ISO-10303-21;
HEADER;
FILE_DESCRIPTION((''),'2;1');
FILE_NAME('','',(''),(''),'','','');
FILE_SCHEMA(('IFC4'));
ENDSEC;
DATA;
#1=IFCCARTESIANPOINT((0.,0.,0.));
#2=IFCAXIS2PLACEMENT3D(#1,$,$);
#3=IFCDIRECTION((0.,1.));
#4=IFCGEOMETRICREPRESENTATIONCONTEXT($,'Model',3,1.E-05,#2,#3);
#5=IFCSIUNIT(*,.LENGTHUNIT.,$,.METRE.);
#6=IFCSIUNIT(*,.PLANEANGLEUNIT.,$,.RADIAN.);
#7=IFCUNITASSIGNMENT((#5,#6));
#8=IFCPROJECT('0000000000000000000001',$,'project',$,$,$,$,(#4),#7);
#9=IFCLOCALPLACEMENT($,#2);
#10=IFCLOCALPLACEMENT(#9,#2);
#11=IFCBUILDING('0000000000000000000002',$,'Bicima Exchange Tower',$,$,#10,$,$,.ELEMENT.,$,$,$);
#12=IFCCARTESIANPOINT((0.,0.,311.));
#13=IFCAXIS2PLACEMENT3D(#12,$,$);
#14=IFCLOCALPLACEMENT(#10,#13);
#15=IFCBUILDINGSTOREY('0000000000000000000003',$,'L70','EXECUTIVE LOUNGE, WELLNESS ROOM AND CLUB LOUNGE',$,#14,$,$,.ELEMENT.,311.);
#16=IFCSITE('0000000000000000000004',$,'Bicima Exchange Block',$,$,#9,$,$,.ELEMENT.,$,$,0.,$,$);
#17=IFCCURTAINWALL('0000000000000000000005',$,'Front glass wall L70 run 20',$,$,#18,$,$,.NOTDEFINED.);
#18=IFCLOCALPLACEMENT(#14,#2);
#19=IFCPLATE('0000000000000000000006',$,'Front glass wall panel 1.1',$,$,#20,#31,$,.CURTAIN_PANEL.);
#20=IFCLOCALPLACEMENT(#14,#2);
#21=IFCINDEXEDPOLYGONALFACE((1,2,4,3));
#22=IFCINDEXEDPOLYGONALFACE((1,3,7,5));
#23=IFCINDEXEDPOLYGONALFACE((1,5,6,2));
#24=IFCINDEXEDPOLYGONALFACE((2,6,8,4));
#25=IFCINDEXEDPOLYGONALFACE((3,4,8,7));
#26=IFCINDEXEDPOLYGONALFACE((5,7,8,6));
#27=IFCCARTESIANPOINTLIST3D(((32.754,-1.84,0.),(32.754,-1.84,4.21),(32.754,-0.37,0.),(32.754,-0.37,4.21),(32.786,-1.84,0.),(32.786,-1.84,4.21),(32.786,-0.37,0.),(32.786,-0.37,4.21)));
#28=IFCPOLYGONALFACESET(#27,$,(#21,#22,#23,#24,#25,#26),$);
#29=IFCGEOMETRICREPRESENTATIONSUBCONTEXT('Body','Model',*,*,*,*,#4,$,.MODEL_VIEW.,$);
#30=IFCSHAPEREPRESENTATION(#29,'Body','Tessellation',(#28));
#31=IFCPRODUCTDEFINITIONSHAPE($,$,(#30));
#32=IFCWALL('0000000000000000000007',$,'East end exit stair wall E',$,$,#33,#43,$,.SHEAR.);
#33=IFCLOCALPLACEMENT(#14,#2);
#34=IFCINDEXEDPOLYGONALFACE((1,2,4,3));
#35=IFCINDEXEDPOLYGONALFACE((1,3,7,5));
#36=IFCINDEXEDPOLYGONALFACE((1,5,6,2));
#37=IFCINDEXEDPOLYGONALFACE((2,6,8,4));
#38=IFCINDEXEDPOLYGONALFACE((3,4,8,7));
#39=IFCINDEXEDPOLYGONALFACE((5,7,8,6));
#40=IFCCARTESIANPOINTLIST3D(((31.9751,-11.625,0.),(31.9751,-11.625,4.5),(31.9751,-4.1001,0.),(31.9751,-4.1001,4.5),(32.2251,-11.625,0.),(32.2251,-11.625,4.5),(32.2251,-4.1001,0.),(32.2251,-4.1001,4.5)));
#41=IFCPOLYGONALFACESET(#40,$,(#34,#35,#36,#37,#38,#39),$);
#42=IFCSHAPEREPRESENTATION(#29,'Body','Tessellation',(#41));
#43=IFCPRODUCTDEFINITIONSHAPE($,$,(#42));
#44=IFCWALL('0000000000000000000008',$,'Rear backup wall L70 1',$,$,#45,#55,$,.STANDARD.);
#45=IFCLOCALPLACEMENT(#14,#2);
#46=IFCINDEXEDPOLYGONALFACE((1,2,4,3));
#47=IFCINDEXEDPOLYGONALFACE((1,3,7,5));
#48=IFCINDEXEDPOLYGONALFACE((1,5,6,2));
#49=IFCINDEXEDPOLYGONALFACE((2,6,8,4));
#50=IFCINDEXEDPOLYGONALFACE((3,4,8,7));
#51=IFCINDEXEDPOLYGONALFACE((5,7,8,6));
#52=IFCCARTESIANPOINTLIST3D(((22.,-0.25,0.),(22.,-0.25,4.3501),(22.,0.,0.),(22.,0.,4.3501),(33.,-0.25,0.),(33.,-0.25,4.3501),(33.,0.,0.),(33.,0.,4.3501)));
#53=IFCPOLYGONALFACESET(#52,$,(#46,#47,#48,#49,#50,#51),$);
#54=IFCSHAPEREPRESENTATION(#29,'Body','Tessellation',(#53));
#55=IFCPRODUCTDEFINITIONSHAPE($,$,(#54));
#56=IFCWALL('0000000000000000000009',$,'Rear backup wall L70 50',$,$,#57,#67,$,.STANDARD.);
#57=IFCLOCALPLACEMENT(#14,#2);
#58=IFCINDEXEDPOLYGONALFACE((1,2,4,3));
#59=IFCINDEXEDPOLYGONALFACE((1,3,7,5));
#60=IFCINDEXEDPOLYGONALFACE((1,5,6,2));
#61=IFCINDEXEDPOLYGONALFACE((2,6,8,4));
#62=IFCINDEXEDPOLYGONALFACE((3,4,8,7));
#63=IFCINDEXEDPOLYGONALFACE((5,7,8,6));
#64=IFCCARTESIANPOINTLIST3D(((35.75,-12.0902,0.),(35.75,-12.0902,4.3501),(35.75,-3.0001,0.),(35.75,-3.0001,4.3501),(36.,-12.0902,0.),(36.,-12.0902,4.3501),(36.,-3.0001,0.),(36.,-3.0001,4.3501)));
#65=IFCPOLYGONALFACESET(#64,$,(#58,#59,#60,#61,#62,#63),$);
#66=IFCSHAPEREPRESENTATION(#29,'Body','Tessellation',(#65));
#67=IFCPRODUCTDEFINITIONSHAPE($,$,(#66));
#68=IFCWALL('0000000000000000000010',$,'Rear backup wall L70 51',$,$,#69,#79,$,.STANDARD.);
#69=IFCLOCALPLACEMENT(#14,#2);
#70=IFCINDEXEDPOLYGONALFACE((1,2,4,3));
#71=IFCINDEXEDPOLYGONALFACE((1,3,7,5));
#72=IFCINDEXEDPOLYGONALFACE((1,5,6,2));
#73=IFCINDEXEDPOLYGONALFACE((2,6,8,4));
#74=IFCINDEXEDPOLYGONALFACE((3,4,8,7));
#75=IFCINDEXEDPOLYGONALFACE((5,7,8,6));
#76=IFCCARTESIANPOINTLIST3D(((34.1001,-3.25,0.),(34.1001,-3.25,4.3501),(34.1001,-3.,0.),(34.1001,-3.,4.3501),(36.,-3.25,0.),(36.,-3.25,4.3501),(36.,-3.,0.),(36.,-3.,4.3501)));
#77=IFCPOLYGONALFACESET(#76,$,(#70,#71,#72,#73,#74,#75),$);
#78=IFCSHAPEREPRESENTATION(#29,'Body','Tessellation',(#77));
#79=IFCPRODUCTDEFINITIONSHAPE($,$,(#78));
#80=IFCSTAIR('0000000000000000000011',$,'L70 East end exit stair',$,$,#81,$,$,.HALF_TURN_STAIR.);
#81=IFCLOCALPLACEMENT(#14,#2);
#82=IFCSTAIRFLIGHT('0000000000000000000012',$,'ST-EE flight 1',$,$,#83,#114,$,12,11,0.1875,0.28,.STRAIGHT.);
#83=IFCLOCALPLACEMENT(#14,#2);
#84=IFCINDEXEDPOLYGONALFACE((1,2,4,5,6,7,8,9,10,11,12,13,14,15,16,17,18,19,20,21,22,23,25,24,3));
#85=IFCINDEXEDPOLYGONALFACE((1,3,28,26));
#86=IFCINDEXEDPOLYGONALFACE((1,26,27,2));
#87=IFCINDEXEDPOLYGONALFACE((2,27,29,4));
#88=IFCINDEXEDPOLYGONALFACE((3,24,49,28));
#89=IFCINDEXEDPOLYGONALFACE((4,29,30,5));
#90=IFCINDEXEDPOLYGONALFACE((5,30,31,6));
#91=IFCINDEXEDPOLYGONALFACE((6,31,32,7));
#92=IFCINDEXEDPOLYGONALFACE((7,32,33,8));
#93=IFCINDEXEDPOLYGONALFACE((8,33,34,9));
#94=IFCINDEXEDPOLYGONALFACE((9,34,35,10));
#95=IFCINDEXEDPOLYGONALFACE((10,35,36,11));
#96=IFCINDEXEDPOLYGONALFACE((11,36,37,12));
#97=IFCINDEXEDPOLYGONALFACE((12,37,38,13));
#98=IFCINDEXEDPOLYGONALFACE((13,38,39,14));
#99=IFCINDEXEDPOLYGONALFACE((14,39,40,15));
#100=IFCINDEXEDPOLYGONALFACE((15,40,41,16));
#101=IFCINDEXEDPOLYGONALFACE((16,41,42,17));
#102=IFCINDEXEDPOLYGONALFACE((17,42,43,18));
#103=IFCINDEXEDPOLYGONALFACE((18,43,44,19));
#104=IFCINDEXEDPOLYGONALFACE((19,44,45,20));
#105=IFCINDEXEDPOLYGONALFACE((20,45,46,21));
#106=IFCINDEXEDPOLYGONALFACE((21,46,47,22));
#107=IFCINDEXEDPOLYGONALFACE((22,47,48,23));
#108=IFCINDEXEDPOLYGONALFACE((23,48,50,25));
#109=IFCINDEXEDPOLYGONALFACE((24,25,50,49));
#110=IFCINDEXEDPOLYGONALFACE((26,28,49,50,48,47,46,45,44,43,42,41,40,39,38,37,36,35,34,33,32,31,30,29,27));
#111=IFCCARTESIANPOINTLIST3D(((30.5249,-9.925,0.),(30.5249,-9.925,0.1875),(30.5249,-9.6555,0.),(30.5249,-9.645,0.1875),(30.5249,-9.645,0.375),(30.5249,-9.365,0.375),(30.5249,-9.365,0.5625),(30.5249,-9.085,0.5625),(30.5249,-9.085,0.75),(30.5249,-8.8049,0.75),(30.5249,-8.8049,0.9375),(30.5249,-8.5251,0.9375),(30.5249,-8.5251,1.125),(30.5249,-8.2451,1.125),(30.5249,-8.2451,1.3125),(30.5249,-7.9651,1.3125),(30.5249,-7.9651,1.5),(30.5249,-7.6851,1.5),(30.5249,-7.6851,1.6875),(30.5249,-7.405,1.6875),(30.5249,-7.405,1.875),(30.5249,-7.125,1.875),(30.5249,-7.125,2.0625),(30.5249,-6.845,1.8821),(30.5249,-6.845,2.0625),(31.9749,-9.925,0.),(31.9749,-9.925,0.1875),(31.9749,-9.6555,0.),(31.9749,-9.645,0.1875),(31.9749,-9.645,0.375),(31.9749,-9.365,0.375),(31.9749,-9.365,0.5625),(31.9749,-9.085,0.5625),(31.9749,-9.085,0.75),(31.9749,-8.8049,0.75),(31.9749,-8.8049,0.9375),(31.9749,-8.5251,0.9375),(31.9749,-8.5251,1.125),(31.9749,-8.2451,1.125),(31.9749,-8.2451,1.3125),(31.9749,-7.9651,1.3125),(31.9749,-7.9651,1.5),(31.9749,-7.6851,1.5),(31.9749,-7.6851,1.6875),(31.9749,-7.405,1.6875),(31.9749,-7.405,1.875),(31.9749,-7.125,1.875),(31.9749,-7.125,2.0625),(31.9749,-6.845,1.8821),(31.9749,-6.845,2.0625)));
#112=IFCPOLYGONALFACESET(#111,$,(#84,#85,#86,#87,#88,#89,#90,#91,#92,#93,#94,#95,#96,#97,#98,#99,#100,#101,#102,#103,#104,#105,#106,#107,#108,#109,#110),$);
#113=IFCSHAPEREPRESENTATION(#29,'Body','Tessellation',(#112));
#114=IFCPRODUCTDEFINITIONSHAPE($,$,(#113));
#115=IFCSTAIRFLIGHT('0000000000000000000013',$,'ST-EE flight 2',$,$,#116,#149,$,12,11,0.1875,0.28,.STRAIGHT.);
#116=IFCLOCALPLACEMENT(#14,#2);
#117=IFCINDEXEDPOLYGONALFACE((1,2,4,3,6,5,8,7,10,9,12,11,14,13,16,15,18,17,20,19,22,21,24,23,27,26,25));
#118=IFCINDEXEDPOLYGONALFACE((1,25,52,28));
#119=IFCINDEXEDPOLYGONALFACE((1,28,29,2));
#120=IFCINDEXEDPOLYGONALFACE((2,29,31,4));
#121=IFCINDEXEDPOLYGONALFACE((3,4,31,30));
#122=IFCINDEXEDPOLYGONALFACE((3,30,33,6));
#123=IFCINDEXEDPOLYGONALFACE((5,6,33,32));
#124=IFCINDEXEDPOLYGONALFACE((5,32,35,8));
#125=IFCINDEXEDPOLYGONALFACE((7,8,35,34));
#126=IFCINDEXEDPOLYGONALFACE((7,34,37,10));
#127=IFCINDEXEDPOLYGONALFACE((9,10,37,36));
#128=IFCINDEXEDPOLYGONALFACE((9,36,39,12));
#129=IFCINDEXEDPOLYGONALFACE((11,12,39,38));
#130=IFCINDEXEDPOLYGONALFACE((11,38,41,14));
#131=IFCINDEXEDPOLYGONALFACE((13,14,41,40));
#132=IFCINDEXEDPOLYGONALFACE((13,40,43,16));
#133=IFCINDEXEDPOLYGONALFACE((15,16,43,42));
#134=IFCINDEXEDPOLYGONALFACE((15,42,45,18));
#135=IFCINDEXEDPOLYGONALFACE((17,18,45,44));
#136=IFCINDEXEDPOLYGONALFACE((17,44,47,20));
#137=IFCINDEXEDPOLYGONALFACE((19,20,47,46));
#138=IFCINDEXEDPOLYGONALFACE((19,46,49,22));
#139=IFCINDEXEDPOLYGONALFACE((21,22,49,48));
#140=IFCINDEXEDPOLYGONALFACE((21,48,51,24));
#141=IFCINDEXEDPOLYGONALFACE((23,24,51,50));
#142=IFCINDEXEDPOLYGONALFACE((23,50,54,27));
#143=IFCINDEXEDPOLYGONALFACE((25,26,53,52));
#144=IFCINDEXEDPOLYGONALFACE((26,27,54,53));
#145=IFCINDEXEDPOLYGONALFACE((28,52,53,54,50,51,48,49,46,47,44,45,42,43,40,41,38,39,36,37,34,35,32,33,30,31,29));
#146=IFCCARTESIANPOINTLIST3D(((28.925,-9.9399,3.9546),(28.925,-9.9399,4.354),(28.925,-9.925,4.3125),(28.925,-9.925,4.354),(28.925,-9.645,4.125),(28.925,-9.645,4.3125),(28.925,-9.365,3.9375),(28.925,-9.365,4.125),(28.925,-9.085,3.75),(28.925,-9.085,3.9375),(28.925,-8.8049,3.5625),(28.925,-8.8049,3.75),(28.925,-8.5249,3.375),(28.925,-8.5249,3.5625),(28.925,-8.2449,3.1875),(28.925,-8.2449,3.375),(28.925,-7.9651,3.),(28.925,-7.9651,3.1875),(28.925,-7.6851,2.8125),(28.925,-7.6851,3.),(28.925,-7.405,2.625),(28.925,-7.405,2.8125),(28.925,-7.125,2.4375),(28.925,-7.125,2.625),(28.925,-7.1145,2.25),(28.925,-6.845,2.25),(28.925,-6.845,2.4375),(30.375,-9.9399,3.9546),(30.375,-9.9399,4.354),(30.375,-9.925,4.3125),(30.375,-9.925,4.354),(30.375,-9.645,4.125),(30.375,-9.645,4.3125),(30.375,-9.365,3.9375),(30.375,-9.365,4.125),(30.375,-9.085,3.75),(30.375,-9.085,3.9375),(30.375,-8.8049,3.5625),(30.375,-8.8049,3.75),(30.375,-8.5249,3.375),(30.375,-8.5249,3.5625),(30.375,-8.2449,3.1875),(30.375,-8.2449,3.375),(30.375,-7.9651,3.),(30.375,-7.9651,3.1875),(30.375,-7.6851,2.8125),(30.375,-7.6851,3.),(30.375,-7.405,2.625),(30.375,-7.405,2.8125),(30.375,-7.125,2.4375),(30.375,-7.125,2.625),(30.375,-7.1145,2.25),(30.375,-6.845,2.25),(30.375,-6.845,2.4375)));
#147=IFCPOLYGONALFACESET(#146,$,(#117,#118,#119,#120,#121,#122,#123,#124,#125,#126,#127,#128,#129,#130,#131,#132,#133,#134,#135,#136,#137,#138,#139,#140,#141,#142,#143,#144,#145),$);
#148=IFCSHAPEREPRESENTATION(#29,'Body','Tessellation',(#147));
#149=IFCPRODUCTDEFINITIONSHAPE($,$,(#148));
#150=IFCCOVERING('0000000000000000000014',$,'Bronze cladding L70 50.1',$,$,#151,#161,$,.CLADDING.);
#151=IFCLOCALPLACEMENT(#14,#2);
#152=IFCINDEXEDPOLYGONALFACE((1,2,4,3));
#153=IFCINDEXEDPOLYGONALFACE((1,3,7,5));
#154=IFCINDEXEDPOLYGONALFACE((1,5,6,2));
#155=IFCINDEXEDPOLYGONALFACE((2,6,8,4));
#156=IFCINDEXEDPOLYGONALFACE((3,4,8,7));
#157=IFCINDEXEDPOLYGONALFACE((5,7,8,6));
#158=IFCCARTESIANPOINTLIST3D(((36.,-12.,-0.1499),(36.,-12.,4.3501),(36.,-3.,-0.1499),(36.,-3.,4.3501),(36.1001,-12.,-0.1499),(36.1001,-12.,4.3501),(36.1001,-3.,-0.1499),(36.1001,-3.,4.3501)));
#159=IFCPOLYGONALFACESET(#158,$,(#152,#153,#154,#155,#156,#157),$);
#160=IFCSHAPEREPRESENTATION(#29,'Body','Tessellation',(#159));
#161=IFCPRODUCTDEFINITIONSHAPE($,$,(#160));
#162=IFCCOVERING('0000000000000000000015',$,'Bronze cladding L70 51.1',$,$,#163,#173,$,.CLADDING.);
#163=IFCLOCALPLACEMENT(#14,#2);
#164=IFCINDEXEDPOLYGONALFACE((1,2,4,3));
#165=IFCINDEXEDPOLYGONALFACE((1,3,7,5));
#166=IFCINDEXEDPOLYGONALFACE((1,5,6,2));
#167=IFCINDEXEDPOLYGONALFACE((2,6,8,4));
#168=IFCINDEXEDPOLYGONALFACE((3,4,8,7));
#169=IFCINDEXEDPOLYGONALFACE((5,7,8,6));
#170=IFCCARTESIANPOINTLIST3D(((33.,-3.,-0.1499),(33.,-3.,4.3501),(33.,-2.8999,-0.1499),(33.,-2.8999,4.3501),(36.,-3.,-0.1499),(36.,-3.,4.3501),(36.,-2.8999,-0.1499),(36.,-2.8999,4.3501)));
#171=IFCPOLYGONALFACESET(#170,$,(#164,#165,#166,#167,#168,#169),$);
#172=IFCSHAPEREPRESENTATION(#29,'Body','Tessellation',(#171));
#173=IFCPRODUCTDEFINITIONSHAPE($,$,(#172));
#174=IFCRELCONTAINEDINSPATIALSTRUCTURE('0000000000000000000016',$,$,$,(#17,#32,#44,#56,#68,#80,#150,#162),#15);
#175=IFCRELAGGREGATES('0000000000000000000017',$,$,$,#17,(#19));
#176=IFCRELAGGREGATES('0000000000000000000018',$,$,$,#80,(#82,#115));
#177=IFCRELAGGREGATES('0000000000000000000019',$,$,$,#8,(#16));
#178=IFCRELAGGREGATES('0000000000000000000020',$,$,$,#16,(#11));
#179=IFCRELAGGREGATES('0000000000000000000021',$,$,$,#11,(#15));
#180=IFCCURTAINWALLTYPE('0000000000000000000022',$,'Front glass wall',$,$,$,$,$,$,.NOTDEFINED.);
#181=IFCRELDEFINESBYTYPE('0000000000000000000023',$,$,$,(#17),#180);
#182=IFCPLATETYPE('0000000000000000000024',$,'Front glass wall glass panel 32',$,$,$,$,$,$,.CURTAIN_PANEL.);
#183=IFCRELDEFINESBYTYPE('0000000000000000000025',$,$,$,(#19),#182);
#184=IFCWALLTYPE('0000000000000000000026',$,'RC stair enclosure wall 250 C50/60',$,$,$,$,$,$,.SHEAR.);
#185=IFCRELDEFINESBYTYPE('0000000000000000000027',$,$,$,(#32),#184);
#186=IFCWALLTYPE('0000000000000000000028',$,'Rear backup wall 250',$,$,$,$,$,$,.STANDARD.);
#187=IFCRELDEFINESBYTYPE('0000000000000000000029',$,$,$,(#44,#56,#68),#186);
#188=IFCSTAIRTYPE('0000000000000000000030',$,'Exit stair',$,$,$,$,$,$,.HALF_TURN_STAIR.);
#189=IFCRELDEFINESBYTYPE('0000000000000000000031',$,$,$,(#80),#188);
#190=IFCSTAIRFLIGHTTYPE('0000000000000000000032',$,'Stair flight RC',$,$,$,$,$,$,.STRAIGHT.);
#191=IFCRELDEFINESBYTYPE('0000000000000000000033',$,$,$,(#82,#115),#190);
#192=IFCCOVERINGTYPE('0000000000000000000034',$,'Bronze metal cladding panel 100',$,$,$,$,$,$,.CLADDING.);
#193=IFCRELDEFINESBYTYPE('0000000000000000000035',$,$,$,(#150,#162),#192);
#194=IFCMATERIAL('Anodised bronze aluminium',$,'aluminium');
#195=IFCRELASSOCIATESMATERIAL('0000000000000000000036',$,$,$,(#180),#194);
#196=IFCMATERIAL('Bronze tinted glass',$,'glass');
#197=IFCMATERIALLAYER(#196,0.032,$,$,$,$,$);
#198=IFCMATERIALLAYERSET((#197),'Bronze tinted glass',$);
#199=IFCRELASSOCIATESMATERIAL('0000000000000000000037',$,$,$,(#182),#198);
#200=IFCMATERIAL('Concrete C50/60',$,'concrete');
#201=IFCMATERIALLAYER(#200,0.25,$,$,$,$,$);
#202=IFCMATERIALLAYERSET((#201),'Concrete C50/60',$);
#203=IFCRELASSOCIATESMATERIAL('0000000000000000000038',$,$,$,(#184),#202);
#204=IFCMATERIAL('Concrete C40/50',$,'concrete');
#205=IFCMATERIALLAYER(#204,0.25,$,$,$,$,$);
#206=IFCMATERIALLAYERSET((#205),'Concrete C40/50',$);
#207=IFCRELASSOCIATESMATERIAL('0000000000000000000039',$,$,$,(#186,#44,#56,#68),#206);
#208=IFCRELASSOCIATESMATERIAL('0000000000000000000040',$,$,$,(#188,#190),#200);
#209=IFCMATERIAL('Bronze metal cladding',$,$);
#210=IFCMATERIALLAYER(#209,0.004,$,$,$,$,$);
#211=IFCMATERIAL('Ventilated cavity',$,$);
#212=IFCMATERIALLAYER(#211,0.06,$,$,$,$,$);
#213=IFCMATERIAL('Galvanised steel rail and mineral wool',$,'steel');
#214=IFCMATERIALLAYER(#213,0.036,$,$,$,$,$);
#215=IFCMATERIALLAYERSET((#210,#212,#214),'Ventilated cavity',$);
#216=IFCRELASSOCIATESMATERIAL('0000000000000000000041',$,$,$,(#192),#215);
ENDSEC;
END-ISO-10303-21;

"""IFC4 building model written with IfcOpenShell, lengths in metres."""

from ifc_helpers import new_model, si_unit, direction, frame, frame_2d, origin, origin_2d, place, context, subcontext, project, spatial, polyline, rectangle, outline, extrude, material, layer, layer_set, layer_usage, type_object, element, aggregate, save


model = new_model("IFC4")

# Units and contexts
model_context = context("Model", 3, precision=1e-05, world=origin(), true_north=direction((0.0, 1.0)))
body_context = subcontext(model_context, "Body", "Model", "MODEL_VIEW")
ifc_project = project(units=[si_unit("LENGTHUNIT", "METRE"), si_unit("PLANEANGLEUNIT", "RADIAN")], contexts=[model_context])

# Site, building, storey
site_placement = place(None, origin())
site = spatial("IfcSite", under=ifc_project, at=site_placement, Name="Bicima Exchange Block", CompositionType="ELEMENT", RefElevation=0.0)
building_placement = place(site_placement, origin())
building = spatial("IfcBuilding", under=site, at=building_placement, Name="Bicima Exchange Tower", CompositionType="ELEMENT")
storey_placement = place(building_placement, frame((0.0, 0.0, 311.0)))
storey = spatial("IfcBuildingStorey", under=building, at=storey_placement, Name="L70", Description="EXECUTIVE LOUNGE, WELLNESS ROOM AND CLUB LOUNGE", CompositionType="ELEMENT", Elevation=311.0)

# Shared definitions
ifc_material_1 = material(Name="Anodised bronze aluminium", Category="aluminium")

# Curtain wall
curtain_wall_type_1 = type_object("IfcCurtainWallType", Name="Front glass wall", PredefinedType="NOTDEFINED", material=ifc_material_1)
curtain_wall_1_placement = place(storey_placement, origin())
curtain_wall_1 = element("IfcCurtainWall", 1, at=curtain_wall_1_placement, inside=storey, type_object=curtain_wall_type_1, Name="Front glass wall L70 run 20", PredefinedType="NOTDEFINED")

# Plate
ifc_material_2 = material(Name="Bronze tinted glass", Category="glass")
ifc_layer_1 = layer(ifc_material_2, 0.032)
ifc_layer_set_1 = layer_set([ifc_layer_1], Name="Bronze tinted glass")
plate_type = type_object("IfcPlateType", Name="Front glass wall glass panel 32", PredefinedType="CURTAIN_PANEL", material=ifc_layer_set_1)
plate_placement = place(storey_placement, frame((32.77, -1.105, 0.0), z_axis=(0.0, 0.0, 1.0), x_axis=(0.0, 1.0, 0.0)))
plate = element("IfcPlate", 2, at=plate_placement, type_object=plate_type, Name="Front glass wall panel 1.1", PredefinedType="CURTAIN_PANEL", context=body_context, shape_type="SweptSolid", body=[
    extrude(rectangle(XDim=1.47, YDim=0.032, at=origin_2d()), origin(), (0.0, 0.0, 1.0), 4.21),
])
aggregate(curtain_wall_1, [plate])

# Walls
ifc_material_3 = material(Name="Concrete C50/60", Category="concrete")
ifc_layer_2 = layer(ifc_material_3, 0.25)
ifc_layer_set_2 = layer_set([ifc_layer_2], Name="Concrete C50/60")
wall_type_1 = type_object("IfcWallType", Name="RC stair enclosure wall 250 C50/60", PredefinedType="SHEAR", material=ifc_layer_set_2)
wall_1_placement = place(storey_placement, frame((32.1001, -11.625, 0.0), z_axis=(0.0, 0.0, 1.0), x_axis=(0.0, 1.0, 0.0)))
element("IfcWall", 3, at=wall_1_placement, inside=storey, type_object=wall_type_1, Name="East end exit stair wall E", PredefinedType="SHEAR", context=body_context, shape_type="SweptSolid", body=[
    extrude(rectangle(XDim=7.5249, YDim=0.25, at=frame_2d((3.7625, 0.0))), origin(), (0.0, 0.0, 1.0), 4.5),
])
ifc_material_4 = material(Name="Concrete C40/50", Category="concrete")
ifc_layer_3 = layer(ifc_material_4, 0.25)
ifc_layer_set_3 = layer_set([ifc_layer_3], Name="Concrete C40/50")
ifc_layer_usage = layer_usage(ifc_layer_set_3, "AXIS2", "POSITIVE", -0.125)
wall_type_2 = type_object("IfcWallType", Name="Rear backup wall 250", PredefinedType="STANDARD", material=ifc_layer_set_3)
wall_2_placement = place(storey_placement, frame((33.0, -0.125, 0.0), z_axis=(0.0, 0.0, 1.0), x_axis=(-1.0, 0.0, 0.0)))
element("IfcWall", 4, at=wall_2_placement, inside=storey, type_object=wall_type_2, material=ifc_layer_usage, Name="Rear backup wall L70 1", PredefinedType="STANDARD", context=body_context, shape_type="SweptSolid", body=[
    extrude(rectangle(XDim=11.0, YDim=0.25, at=frame_2d((5.5, 0.0))), origin(), (0.0, 0.0, 1.0), 4.3501),
])
wall_3_placement = place(storey_placement, frame((35.875, -12.0901, 0.0), z_axis=(0.0, 0.0, 1.0), x_axis=(0.0, 1.0, 0.0)))
element("IfcWall", 5, at=wall_3_placement, inside=storey, type_object=wall_type_2, material=ifc_layer_usage, Name="Rear backup wall L70 50", PredefinedType="STANDARD", context=body_context, shape_type="SweptSolid", body=[
    extrude(rectangle(XDim=9.0901, YDim=0.25, at=frame_2d((4.5449, 0.0))), origin(), (0.0, 0.0, 1.0), 4.3501),
])
wall_4_placement = place(storey_placement, frame((36.0, -3.125, 0.0), z_axis=(0.0, 0.0, 1.0), x_axis=(-1.0, 0.0, 0.0)))
element("IfcWall", 6, at=wall_4_placement, inside=storey, type_object=wall_type_2, material=ifc_layer_usage, Name="Rear backup wall L70 51", PredefinedType="STANDARD", context=body_context, shape_type="SweptSolid", body=[
    extrude(rectangle(XDim=1.8999, YDim=0.25, at=frame_2d((0.95, 0.0))), origin(), (0.0, 0.0, 1.0), 4.3501),
])

# Stair, stair flights
stair_type = type_object("IfcStairType", Name="Exit stair", PredefinedType="HALF_TURN_STAIR", material=ifc_material_3)
stair_placement = place(storey_placement, origin())
stair = element("IfcStair", 7, at=stair_placement, inside=storey, type_object=stair_type, Name="L70 East end exit stair", PredefinedType="HALF_TURN_STAIR")
stair_flight_type = type_object("IfcStairFlightType", Name="Stair flight RC", PredefinedType="STRAIGHT", material=ifc_material_3)
stair_flight_1_placement = place(storey_placement, frame((31.25, -9.925, 0.0), z_axis=(0.0, 0.0, 1.0), x_axis=(0.0, 1.0, 0.0)))
stair_flight_1 = element("IfcStairFlight", 8, at=stair_flight_1_placement, type_object=stair_flight_type, Name="ST-EE flight 1", NumberOfRisers=12, NumberOfTreads=11, PredefinedType="STRAIGHT", RiserHeight=0.1875, TreadLength=0.28, context=body_context, shape_type="SweptSolid", body=[
    extrude(outline(polyline([(0.0, 0.0), (0.0, 0.1875), (0.28, 0.1875), (0.28, 0.375), (0.5601, 0.375), (0.5601, 0.5625), (0.8401, 0.5625), (0.8401, 0.75), (1.1201, 0.75), (1.1201, 0.9375), (1.3999, 0.9375), (1.3999, 1.125), (1.6799, 1.125), (1.6799, 1.3125), (1.96, 1.3125), (1.96, 1.5), (2.24, 1.5), (2.24, 1.6875), (2.52, 1.6875), (2.52, 1.875), (2.8, 1.875), (2.8, 2.0625), (3.0801, 2.0625), (3.0801, 2.25), (3.0801, 1.8821), (0.2695, 0.0), (0.0, 0.0)])), frame((0.0, 0.7251, 0.0), z_axis=(0.0, -1.0, 0.0), x_axis=(1.0, 0.0, 0.0)), (0.0, 0.0, 1.0), 1.45),
])
stair_flight_2_placement = place(storey_placement, frame((29.6499, -6.845, 2.25), z_axis=(0.0, 0.0, 1.0), x_axis=(0.0, -1.0, 0.0)))
stair_flight_2 = element("IfcStairFlight", 9, at=stair_flight_2_placement, type_object=stair_flight_type, Name="ST-EE flight 2", NumberOfRisers=12, NumberOfTreads=11, PredefinedType="STRAIGHT", RiserHeight=0.1875, TreadLength=0.28, context=body_context, shape_type="SweptSolid", body=[
    extrude(outline(polyline([(0.0, 0.0), (0.0, 0.1875), (0.28, 0.1875), (0.28, 0.375), (0.5601, 0.375), (0.5601, 0.5625), (0.8401, 0.5625), (0.8401, 0.75), (1.1201, 0.75), (1.1201, 0.9375), (1.3999, 0.9375), (1.3999, 1.125), (1.6799, 1.125), (1.6799, 1.3125), (1.96, 1.3125), (1.96, 1.5), (2.24, 1.5), (2.24, 1.6875), (2.52, 1.6875), (2.52, 1.875), (2.8, 1.875), (2.8, 2.0625), (3.0801, 2.0625), (3.0801, 2.104), (3.095, 2.104), (3.095, 1.7046), (0.2695, 0.0), (0.0, 0.0)])), frame((0.0, 0.7251, 0.0), z_axis=(0.0, -1.0, 0.0), x_axis=(1.0, 0.0, 0.0)), (0.0, 0.0, 1.0), 1.45),
])
aggregate(stair, [stair_flight_1, stair_flight_2])

# Coverings
ifc_material_5 = material(Name="Bronze metal cladding")
ifc_layer_4 = layer(ifc_material_5, 0.004)
ifc_material_6 = material(Name="Ventilated cavity")
ifc_layer_5 = layer(ifc_material_6, 0.06)
ifc_material_7 = material(Name="Galvanised steel rail and mineral wool", Category="steel")
ifc_layer_6 = layer(ifc_material_7, 0.036)
ifc_layer_set_4 = layer_set([ifc_layer_4, ifc_layer_5, ifc_layer_6], Name="Ventilated cavity")
covering_type = type_object("IfcCoveringType", Name="Bronze metal cladding panel 100", PredefinedType="CLADDING", material=ifc_layer_set_4)
covering_1_placement = place(storey_placement, frame((36.05, -7.5, -0.1499), z_axis=(0.0, 0.0, 1.0), x_axis=(0.0, 1.0, 0.0)))
element("IfcCovering", 10, at=covering_1_placement, inside=storey, type_object=covering_type, Name="Bronze cladding L70 50.1", PredefinedType="CLADDING", context=body_context, shape_type="SweptSolid", body=[
    extrude(rectangle(XDim=9.0, YDim=0.1001, at=origin_2d()), origin(), (0.0, 0.0, 1.0), 4.5),
])
covering_2_placement = place(storey_placement, frame((34.5, -2.95, -0.1499), z_axis=(0.0, 0.0, 1.0), x_axis=(-1.0, 0.0, 0.0)))
element("IfcCovering", 11, at=covering_2_placement, inside=storey, type_object=covering_type, Name="Bronze cladding L70 51.1", PredefinedType="CLADDING", context=body_context, shape_type="SweptSolid", body=[
    extrude(rectangle(XDim=3.0, YDim=0.1001, at=origin_2d()), origin(), (0.0, 0.0, 1.0), 4.5),
])

save(model, "model.ifc")
